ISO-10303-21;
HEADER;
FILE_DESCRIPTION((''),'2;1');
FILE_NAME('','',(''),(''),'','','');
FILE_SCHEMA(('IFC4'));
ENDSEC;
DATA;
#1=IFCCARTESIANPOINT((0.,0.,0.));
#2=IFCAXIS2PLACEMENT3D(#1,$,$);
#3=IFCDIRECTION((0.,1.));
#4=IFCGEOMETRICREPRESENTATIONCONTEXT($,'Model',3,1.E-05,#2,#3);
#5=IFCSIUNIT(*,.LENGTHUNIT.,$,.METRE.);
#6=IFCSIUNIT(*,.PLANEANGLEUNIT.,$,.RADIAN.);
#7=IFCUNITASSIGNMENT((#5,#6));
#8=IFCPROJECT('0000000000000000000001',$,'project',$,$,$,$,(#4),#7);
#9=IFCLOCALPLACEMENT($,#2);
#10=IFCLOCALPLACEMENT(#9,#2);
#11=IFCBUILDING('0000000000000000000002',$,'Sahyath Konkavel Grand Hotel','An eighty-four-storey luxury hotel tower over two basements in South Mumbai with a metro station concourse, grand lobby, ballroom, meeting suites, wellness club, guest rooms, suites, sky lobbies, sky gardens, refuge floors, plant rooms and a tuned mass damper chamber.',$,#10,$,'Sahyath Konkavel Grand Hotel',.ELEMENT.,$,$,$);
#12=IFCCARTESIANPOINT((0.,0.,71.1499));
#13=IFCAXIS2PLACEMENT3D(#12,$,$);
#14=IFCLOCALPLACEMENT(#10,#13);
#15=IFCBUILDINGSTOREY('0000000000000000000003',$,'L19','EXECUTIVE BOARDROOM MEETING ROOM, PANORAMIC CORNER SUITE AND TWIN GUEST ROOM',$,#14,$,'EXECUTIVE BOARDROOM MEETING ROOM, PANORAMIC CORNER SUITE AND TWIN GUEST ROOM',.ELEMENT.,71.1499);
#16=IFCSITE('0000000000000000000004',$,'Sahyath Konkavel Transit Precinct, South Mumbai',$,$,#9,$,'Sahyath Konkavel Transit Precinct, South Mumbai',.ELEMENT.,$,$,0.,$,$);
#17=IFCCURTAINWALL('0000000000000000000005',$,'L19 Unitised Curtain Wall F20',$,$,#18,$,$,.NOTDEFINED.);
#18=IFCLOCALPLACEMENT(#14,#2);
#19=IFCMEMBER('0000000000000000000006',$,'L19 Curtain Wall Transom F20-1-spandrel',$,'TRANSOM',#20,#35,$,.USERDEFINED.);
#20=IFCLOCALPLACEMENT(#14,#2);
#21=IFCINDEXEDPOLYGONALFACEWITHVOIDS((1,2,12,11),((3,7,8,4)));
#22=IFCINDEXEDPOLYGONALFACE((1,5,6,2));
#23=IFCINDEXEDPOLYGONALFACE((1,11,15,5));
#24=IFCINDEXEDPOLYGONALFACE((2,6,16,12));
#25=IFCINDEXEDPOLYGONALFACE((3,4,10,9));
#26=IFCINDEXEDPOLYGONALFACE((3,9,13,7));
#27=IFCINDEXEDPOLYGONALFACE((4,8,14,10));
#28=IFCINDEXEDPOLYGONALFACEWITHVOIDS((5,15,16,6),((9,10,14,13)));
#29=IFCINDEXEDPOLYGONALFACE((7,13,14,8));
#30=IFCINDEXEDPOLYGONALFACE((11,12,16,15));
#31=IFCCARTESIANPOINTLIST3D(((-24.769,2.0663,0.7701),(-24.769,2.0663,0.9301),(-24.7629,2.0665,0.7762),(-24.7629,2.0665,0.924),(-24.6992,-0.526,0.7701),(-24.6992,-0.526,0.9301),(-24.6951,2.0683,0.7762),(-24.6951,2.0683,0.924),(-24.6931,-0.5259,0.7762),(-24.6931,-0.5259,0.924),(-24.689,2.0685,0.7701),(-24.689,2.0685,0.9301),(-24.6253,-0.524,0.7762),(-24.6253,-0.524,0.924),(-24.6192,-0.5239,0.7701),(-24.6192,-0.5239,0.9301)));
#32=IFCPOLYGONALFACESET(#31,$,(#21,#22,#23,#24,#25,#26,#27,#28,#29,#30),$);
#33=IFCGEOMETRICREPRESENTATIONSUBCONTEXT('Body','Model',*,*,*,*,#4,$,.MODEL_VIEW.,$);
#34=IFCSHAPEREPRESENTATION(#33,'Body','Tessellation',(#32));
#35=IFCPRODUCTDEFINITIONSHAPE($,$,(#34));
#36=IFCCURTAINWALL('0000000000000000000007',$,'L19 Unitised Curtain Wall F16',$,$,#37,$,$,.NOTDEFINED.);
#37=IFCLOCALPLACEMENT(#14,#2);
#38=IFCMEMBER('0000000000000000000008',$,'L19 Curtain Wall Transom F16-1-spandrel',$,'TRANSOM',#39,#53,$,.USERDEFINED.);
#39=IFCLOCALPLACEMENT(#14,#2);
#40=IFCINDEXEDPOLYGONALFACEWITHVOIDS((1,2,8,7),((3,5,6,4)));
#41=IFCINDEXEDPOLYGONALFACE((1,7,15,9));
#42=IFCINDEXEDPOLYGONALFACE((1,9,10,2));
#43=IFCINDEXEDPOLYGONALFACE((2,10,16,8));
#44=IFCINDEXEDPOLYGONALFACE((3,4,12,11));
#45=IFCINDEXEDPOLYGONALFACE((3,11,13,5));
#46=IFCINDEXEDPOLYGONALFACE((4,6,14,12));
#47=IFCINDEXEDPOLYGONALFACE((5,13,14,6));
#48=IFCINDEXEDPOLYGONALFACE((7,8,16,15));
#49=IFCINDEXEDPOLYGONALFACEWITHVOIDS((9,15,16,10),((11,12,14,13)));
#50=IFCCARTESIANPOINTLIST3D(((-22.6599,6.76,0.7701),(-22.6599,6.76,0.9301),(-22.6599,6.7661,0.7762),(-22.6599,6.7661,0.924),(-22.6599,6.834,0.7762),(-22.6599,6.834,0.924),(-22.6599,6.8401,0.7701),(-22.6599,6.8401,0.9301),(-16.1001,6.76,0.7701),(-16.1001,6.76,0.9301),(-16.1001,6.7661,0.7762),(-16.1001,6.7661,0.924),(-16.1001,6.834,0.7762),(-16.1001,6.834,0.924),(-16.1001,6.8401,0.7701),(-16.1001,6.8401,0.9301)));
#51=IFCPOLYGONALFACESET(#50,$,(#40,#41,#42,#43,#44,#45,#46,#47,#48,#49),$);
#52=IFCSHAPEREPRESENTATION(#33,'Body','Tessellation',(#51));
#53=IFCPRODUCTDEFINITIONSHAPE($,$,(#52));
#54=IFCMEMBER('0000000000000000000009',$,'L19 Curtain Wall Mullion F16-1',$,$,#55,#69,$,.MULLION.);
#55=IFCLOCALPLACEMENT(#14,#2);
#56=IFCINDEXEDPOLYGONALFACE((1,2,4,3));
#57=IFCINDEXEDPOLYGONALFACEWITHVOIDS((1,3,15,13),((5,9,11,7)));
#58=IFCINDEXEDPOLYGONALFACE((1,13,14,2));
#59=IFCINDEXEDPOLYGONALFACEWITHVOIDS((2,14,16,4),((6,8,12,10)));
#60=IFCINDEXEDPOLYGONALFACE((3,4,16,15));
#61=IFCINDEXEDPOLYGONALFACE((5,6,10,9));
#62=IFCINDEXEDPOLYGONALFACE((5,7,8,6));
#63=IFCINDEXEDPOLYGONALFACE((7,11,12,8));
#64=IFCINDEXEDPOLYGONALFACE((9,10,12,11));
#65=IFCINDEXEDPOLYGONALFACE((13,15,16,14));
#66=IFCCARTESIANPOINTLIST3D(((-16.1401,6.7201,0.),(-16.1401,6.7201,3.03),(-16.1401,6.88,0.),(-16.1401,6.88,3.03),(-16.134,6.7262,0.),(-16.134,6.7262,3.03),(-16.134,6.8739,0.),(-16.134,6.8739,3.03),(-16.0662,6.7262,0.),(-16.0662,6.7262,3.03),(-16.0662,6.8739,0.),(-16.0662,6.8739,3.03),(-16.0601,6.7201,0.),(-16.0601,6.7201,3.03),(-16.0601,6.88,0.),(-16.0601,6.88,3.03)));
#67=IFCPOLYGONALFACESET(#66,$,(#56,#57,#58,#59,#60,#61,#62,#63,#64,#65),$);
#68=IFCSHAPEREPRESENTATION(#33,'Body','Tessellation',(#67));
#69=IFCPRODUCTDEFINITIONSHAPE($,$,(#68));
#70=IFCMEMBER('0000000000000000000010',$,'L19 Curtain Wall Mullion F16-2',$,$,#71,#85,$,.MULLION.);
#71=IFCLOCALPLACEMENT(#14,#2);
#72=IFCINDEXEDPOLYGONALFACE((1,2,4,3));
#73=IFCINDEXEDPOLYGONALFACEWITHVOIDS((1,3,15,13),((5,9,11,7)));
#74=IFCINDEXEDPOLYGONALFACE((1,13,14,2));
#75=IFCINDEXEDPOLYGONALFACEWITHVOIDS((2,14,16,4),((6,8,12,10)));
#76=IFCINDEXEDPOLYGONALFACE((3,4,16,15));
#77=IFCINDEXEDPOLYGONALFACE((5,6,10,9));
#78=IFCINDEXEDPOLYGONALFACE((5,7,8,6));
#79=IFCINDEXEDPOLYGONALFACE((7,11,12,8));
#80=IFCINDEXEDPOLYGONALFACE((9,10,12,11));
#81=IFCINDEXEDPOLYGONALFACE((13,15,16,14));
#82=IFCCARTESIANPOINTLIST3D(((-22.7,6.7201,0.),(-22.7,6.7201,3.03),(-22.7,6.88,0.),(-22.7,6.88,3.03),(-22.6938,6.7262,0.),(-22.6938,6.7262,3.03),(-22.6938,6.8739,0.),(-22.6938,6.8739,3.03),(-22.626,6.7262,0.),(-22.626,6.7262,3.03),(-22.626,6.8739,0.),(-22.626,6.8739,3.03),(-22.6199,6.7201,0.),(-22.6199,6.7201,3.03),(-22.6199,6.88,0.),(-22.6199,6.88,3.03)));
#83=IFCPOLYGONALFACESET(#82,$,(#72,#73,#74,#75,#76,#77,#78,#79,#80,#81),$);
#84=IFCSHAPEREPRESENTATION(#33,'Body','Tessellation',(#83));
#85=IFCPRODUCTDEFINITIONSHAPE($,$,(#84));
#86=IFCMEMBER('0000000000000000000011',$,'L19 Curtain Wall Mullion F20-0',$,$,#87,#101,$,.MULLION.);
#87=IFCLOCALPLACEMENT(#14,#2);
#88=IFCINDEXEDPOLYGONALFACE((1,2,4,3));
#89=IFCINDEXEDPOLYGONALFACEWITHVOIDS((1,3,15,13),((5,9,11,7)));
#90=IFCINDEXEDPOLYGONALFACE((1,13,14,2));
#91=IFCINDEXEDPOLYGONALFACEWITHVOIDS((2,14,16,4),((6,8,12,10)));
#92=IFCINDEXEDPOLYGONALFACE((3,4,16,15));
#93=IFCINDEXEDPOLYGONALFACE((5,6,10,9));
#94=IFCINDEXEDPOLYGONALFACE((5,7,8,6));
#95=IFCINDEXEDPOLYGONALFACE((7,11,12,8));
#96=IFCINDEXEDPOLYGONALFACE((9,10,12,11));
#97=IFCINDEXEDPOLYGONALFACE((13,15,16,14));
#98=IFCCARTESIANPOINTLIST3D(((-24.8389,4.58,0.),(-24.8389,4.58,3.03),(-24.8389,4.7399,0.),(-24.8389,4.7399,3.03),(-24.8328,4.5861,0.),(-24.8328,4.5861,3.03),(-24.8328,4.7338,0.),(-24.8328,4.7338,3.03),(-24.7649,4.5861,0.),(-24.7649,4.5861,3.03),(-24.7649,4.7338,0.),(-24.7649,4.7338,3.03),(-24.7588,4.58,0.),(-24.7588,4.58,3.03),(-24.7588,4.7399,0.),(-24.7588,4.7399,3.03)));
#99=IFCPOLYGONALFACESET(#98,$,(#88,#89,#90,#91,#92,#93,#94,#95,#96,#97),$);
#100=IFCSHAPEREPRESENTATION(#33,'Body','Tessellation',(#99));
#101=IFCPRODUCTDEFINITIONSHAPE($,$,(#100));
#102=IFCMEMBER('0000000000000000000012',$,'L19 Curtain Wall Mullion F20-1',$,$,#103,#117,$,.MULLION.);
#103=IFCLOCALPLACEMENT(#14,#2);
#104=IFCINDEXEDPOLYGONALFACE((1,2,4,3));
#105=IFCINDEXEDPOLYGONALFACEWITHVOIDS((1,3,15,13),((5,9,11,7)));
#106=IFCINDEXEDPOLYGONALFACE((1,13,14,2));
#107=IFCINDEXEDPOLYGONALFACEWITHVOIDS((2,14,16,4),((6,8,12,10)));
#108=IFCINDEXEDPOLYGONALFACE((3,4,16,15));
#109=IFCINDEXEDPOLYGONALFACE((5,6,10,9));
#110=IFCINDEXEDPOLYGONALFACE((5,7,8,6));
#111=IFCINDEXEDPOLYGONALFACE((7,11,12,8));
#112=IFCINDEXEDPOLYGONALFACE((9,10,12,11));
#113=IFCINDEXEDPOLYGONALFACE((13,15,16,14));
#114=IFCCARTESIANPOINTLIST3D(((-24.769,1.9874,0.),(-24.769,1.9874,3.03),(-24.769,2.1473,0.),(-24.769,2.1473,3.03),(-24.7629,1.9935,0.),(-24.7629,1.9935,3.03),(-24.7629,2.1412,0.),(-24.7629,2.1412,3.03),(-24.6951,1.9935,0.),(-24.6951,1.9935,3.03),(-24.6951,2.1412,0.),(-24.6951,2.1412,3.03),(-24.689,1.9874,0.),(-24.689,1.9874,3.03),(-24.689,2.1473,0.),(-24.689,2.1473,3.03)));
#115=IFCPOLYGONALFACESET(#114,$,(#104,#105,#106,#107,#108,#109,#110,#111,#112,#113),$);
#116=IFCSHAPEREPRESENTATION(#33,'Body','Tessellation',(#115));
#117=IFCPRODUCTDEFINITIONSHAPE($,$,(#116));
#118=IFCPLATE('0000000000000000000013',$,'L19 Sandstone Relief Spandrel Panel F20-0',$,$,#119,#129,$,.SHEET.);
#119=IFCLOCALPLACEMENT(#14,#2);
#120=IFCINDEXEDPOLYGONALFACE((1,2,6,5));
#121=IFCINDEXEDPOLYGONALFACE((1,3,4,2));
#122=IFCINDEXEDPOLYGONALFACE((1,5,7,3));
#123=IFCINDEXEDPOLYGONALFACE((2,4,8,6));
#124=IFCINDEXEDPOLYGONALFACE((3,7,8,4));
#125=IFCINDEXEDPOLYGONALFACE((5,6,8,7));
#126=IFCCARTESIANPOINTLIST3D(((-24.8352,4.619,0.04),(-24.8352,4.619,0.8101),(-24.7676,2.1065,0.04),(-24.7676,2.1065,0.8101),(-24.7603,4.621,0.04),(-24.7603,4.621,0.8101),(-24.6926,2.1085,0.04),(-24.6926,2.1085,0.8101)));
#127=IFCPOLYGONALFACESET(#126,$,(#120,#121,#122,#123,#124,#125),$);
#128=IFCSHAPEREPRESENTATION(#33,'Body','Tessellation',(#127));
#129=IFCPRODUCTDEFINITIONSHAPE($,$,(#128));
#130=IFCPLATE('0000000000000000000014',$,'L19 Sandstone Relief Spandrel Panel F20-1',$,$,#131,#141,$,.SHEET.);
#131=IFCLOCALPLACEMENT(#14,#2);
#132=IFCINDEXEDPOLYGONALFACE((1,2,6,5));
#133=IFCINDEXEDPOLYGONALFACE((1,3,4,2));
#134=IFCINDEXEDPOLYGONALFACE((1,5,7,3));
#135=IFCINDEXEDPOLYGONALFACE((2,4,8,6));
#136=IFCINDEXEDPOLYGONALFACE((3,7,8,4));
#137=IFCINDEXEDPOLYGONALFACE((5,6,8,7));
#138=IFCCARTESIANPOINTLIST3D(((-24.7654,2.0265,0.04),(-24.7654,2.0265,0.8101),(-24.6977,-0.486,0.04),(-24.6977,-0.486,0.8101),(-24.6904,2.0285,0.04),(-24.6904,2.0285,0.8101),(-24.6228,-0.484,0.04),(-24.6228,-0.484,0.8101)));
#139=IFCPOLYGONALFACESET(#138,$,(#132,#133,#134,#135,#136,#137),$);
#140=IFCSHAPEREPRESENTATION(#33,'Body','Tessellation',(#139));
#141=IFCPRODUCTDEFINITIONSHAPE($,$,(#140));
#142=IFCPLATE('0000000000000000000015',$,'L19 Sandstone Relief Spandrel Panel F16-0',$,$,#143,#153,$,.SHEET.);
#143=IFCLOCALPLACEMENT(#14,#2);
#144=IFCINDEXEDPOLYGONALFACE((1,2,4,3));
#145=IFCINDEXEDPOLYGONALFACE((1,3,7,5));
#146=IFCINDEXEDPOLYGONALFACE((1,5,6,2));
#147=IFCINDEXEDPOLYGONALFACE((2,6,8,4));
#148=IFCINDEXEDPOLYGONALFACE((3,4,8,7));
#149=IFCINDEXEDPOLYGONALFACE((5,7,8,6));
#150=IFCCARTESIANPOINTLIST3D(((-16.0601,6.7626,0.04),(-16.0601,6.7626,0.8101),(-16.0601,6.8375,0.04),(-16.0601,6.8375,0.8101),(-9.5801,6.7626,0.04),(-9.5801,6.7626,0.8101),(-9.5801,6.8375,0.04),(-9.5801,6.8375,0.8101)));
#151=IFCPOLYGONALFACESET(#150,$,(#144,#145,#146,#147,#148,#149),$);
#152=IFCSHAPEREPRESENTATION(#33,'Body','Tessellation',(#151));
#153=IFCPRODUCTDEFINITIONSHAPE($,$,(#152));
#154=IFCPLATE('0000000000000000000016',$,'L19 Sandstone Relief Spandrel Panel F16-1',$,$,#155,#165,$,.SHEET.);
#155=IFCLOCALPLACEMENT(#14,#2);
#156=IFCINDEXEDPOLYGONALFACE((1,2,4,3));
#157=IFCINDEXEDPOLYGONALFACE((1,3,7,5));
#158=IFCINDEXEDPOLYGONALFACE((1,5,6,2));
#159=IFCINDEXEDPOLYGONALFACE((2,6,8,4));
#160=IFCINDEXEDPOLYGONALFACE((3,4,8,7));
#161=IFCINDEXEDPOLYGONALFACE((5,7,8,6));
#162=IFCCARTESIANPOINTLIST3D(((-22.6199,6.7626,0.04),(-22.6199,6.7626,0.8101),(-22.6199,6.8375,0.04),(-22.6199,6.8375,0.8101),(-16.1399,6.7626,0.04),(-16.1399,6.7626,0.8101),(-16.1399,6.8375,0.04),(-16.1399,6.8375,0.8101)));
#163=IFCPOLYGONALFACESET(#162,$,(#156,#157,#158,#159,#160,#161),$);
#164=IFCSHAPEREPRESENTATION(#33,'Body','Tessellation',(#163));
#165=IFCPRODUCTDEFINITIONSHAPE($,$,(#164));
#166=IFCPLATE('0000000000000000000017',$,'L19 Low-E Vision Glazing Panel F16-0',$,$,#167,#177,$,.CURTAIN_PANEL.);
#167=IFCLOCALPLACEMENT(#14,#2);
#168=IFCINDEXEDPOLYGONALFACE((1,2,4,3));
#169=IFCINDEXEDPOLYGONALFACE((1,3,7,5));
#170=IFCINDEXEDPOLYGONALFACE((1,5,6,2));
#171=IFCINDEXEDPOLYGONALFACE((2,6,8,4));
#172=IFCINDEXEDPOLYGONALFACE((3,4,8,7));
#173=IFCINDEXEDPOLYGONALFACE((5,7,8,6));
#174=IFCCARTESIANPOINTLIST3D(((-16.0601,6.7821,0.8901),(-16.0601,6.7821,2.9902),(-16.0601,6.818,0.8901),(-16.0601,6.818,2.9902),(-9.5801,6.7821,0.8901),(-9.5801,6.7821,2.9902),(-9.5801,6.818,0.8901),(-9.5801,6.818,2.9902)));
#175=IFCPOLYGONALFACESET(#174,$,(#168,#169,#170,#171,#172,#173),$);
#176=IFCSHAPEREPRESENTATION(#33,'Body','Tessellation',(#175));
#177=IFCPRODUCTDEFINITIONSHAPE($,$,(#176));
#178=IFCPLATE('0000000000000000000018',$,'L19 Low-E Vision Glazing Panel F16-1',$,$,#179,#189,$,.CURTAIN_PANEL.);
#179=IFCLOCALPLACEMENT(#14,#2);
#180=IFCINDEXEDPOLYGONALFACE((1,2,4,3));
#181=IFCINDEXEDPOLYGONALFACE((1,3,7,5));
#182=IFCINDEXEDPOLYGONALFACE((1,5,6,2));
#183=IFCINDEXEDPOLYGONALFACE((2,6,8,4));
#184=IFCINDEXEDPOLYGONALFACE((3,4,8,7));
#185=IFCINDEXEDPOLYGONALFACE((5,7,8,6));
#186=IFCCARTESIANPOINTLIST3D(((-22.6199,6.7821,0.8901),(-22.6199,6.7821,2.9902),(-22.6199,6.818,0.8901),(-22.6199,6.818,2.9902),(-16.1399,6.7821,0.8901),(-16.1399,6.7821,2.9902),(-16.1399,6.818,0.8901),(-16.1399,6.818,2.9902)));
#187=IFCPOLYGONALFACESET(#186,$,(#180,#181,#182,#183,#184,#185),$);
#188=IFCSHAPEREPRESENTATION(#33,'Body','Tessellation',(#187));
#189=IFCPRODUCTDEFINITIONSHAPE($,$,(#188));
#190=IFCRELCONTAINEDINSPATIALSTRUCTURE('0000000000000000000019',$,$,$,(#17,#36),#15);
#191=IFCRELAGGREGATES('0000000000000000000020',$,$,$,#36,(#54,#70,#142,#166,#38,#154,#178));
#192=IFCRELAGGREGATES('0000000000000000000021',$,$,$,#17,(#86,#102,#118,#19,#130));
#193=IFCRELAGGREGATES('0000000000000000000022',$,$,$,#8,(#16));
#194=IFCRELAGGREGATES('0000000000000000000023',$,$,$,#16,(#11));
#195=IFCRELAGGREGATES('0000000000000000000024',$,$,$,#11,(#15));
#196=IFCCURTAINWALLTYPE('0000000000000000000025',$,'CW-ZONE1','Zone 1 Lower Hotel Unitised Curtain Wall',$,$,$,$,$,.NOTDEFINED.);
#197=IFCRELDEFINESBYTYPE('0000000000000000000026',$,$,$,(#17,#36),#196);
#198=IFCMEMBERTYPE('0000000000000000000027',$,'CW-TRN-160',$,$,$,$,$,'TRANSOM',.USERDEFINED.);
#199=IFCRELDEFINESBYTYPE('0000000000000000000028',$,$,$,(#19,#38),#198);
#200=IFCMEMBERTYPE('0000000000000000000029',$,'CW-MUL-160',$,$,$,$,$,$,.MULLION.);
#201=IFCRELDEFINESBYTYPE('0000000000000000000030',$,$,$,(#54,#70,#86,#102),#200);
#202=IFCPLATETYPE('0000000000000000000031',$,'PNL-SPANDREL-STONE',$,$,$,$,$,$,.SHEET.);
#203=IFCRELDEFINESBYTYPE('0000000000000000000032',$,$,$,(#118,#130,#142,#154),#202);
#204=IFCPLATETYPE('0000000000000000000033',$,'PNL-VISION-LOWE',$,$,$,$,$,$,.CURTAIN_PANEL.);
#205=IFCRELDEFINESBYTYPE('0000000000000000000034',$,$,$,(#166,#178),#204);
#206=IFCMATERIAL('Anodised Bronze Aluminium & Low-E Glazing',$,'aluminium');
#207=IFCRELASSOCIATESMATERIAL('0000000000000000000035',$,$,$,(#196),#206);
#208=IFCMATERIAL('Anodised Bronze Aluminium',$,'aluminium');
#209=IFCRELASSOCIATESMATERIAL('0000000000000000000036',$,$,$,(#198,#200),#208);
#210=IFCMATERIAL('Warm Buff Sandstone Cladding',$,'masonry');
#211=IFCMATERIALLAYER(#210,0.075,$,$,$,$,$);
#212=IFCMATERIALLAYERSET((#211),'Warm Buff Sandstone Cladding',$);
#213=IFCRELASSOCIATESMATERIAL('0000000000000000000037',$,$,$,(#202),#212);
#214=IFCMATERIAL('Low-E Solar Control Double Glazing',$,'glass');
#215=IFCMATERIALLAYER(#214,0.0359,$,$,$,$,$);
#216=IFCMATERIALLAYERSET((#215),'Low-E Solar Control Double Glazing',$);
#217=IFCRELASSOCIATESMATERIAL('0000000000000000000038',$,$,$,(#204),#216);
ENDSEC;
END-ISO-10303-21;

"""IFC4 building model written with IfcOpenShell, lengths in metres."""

from ifc_helpers import new_model, si_unit, direction, frame, origin, origin_2d, place, context, subcontext, project, spatial, rectangle, hollow_rectangle, extrude, source, transform, mapped, material, layer, layer_set, material_profile, profile_set, type_object, element, aggregate, save


model = new_model("IFC4")

# Units and contexts
model_context = context("Model", 3, precision=1e-05, world=origin(), true_north=direction((0.0, 1.0)))
body_context = subcontext(model_context, "Body", "Model", "MODEL_VIEW")
ifc_project = project(units=[si_unit("LENGTHUNIT", "METRE"), si_unit("PLANEANGLEUNIT", "RADIAN")], contexts=[model_context])

# Site, building, storey
site_placement = place(None, origin())
site = spatial("IfcSite", under=ifc_project, at=site_placement, Name="Sahyath Konkavel Transit Precinct, South Mumbai", LongName="Sahyath Konkavel Transit Precinct, South Mumbai", CompositionType="ELEMENT", RefElevation=0.0)
building_placement = place(site_placement, origin())
building = spatial("IfcBuilding", under=site, at=building_placement, Name="Sahyath Konkavel Grand Hotel", Description="An eighty-four-storey luxury hotel tower over two basements in South Mumbai with a metro station concourse, grand lobby, ballroom, meeting suites, wellness club, guest rooms, suites, sky lobbies, sky gardens, refuge floors, plant rooms and a tuned mass damper chamber.", LongName="Sahyath Konkavel Grand Hotel", CompositionType="ELEMENT")
storey_placement = place(building_placement, frame((0.0, 0.0, 71.1499)))
storey = spatial("IfcBuildingStorey", under=building, at=storey_placement, Name="L19", Description="EXECUTIVE BOARDROOM MEETING ROOM, PANORAMIC CORNER SUITE AND TWIN GUEST ROOM", LongName="EXECUTIVE BOARDROOM MEETING ROOM, PANORAMIC CORNER SUITE AND TWIN GUEST ROOM", CompositionType="ELEMENT", Elevation=71.1499)

# Curtain walls, members
ifc_material_1 = material(Name="Anodised Bronze Aluminium & Low-E Glazing", Category="aluminium")
curtain_wall_type = type_object("IfcCurtainWallType", Name="CW-ZONE1", Description="Zone 1 Lower Hotel Unitised Curtain Wall", PredefinedType="NOTDEFINED", material=ifc_material_1)
curtain_wall_1_placement = place(storey_placement, origin())
curtain_wall_1 = element("IfcCurtainWall", 1, at=curtain_wall_1_placement, inside=storey, type_object=curtain_wall_type, Name="L19 Unitised Curtain Wall F20", PredefinedType="NOTDEFINED")
ifc_material_2 = material(Name="Anodised Bronze Aluminium", Category="aluminium")
ifc_material_profile_1 = material_profile(ifc_material_2, hollow_rectangle(XDim=0.0801, YDim=0.1599, WallThickness=0.0061, at=origin_2d()), Name="RHS 160x80x6")
ifc_profile_set_1 = profile_set([ifc_material_profile_1], Name="Anodised Bronze Aluminium")
member_type_1 = type_object("IfcMemberType", Name="CW-TRN-160", ElementType="TRANSOM", PredefinedType="USERDEFINED", material=ifc_profile_set_1)
shared_shape_1 = source(origin(), body_context, "Body", "SweptSolid", [
    extrude(hollow_rectangle(XDim=0.0801, YDim=0.1599, WallThickness=0.0061, at=origin_2d()), origin(), (0.0, 0.0, 1.0), 2.5933),
])
member_1_placement = place(storey_placement, frame((-24.729, 2.0674, 0.8501), z_axis=(0.026926, -0.999637, 0.0), x_axis=(0.999637, 0.026926, 0.0)))
member_1 = element("IfcMember", 2, at=member_1_placement, type_object=member_type_1, Name="L19 Curtain Wall Transom F20-1-spandrel", ObjectType="TRANSOM", PredefinedType="USERDEFINED", context=body_context, shape_type="MappedRepresentation", body=[
    mapped(shared_shape_1, transform((0.0, 0.0, 0.0), scale=1.0)),
])
curtain_wall_2_placement = place(storey_placement, origin())
curtain_wall_2 = element("IfcCurtainWall", 3, at=curtain_wall_2_placement, inside=storey, type_object=curtain_wall_type, Name="L19 Unitised Curtain Wall F16", PredefinedType="NOTDEFINED")
shared_shape_2 = source(origin(), body_context, "Body", "SweptSolid", [
    extrude(hollow_rectangle(XDim=0.0801, YDim=0.1599, WallThickness=0.0061, at=origin_2d()), origin(), (0.0, 0.0, 1.0), 6.5598),
])
member_2_placement = place(storey_placement, frame((-16.1001, 6.8, 0.8501), z_axis=(-1.0, 0.0, 0.0), x_axis=(0.0, -1.0, 0.0)))
member_2 = element("IfcMember", 4, at=member_2_placement, type_object=member_type_1, Name="L19 Curtain Wall Transom F16-1-spandrel", ObjectType="TRANSOM", PredefinedType="USERDEFINED", context=body_context, shape_type="MappedRepresentation", body=[
    mapped(shared_shape_2, transform((0.0, 0.0, 0.0), scale=1.0)),
])
ifc_material_profile_2 = material_profile(ifc_material_2, hollow_rectangle(XDim=0.0801, YDim=0.1599, WallThickness=0.0061, at=origin_2d()), Name="RHS 160x80x6")
ifc_profile_set_2 = profile_set([ifc_material_profile_2], Name="Anodised Bronze Aluminium")
member_type_2 = type_object("IfcMemberType", Name="CW-MUL-160", PredefinedType="MULLION", material=ifc_profile_set_2)
shared_shape_3 = source(origin(), body_context, "Body", "SweptSolid", [
    extrude(hollow_rectangle(XDim=0.0801, YDim=0.1599, WallThickness=0.0061, at=origin_2d()), origin(), (0.0, 0.0, 1.0), 3.03),
])
member_3_placement = place(storey_placement, frame((-16.1001, 6.8, 0.0), z_axis=(0.0, 0.0, 1.0), x_axis=(1.0, 0.0, 0.0)))
member_3 = element("IfcMember", 5, at=member_3_placement, type_object=member_type_2, Name="L19 Curtain Wall Mullion F16-1", PredefinedType="MULLION", context=body_context, shape_type="MappedRepresentation", body=[
    mapped(shared_shape_3, transform((0.0, 0.0, 0.0), scale=1.0)),
])
member_4_placement = place(storey_placement, frame((-22.6599, 6.8, 0.0), z_axis=(0.0, 0.0, 1.0), x_axis=(1.0, 0.0, 0.0)))
member_4 = element("IfcMember", 6, at=member_4_placement, type_object=member_type_2, Name="L19 Curtain Wall Mullion F16-2", PredefinedType="MULLION", context=body_context, shape_type="MappedRepresentation", body=[
    mapped(shared_shape_3, transform((0.0, 0.0, 0.0), scale=1.0)),
])

# Members
member_5_placement = place(storey_placement, frame((-24.7988, 4.6599, 0.0), z_axis=(0.0, 0.0, 1.0), x_axis=(1.0, 0.0, 0.0)))
member_5 = element("IfcMember", 7, at=member_5_placement, type_object=member_type_2, Name="L19 Curtain Wall Mullion F20-0", PredefinedType="MULLION", context=body_context, shape_type="MappedRepresentation", body=[
    mapped(shared_shape_3, transform((0.0, 0.0, 0.0), scale=1.0)),
])
member_6_placement = place(storey_placement, frame((-24.729, 2.0674, 0.0), z_axis=(0.0, 0.0, 1.0), x_axis=(1.0, 0.0, 0.0)))
member_6 = element("IfcMember", 8, at=member_6_placement, type_object=member_type_2, Name="L19 Curtain Wall Mullion F20-1", PredefinedType="MULLION", context=body_context, shape_type="MappedRepresentation", body=[
    mapped(shared_shape_3, transform((0.0, 0.0, 0.0), scale=1.0)),
])

# Plates
ifc_material_3 = material(Name="Warm Buff Sandstone Cladding", Category="masonry")
ifc_layer_1 = layer(ifc_material_3, 0.075)
ifc_layer_set_1 = layer_set([ifc_layer_1], Name="Warm Buff Sandstone Cladding")
plate_type_1 = type_object("IfcPlateType", Name="PNL-SPANDREL-STONE", PredefinedType="SHEET", material=ifc_layer_set_1)
shared_shape_4 = source(origin(), body_context, "Body", "SweptSolid", [
    extrude(rectangle(XDim=2.5134, YDim=0.075, at=origin_2d()), origin(), (0.0, 0.0, 1.0), 0.77),
])
plate_1_placement = place(storey_placement, frame((-24.7639, 3.3638, 0.04), z_axis=(0.0, 0.0, 1.0), x_axis=(0.02691, -0.999638, 0.0)))
plate_1 = element("IfcPlate", 9, at=plate_1_placement, type_object=plate_type_1, Name="L19 Sandstone Relief Spandrel Panel F20-0", PredefinedType="SHEET", context=body_context, shape_type="MappedRepresentation", body=[
    mapped(shared_shape_4, transform((0.0, 0.0, 0.0), scale=1.0)),
])
plate_2_placement = place(storey_placement, frame((-24.6941, 0.7712, 0.04), z_axis=(0.0, 0.0, 1.0), x_axis=(0.02691, -0.999638, 0.0)))
plate_2 = element("IfcPlate", 10, at=plate_2_placement, type_object=plate_type_1, Name="L19 Sandstone Relief Spandrel Panel F20-1", PredefinedType="SHEET", context=body_context, shape_type="MappedRepresentation", body=[
    mapped(shared_shape_4, transform((0.0, 0.0, 0.0), scale=1.0)),
])
shared_shape_5 = source(origin(), body_context, "Body", "SweptSolid", [
    extrude(rectangle(XDim=6.48, YDim=0.075, at=origin_2d()), origin(), (0.0, 0.0, 1.0), 0.77),
])
plate_3_placement = place(storey_placement, frame((-12.8201, 6.8, 0.04), z_axis=(0.0, 0.0, 1.0), x_axis=(-1.0, 0.0, 0.0)))
plate_3 = element("IfcPlate", 11, at=plate_3_placement, type_object=plate_type_1, Name="L19 Sandstone Relief Spandrel Panel F16-0", PredefinedType="SHEET", context=body_context, shape_type="MappedRepresentation", body=[
    mapped(shared_shape_5, transform((0.0, 0.0, 0.0), scale=1.0)),
])
plate_4_placement = place(storey_placement, frame((-19.3799, 6.8, 0.04), z_axis=(0.0, 0.0, 1.0), x_axis=(-1.0, 0.0, 0.0)))
plate_4 = element("IfcPlate", 12, at=plate_4_placement, type_object=plate_type_1, Name="L19 Sandstone Relief Spandrel Panel F16-1", PredefinedType="SHEET", context=body_context, shape_type="MappedRepresentation", body=[
    mapped(shared_shape_5, transform((0.0, 0.0, 0.0), scale=1.0)),
])
ifc_material_4 = material(Name="Low-E Solar Control Double Glazing", Category="glass")
ifc_layer_2 = layer(ifc_material_4, 0.0359)
ifc_layer_set_2 = layer_set([ifc_layer_2], Name="Low-E Solar Control Double Glazing")
plate_type_2 = type_object("IfcPlateType", Name="PNL-VISION-LOWE", PredefinedType="CURTAIN_PANEL", material=ifc_layer_set_2)
shared_shape_6 = source(origin(), body_context, "Body", "SweptSolid", [
    extrude(rectangle(XDim=6.48, YDim=0.0359, at=origin_2d()), origin(), (0.0, 0.0, 1.0), 2.1001),
])
plate_5_placement = place(storey_placement, frame((-12.8201, 6.8, 0.8901), z_axis=(0.0, 0.0, 1.0), x_axis=(-1.0, 0.0, 0.0)))
plate_5 = element("IfcPlate", 13, at=plate_5_placement, type_object=plate_type_2, Name="L19 Low-E Vision Glazing Panel F16-0", PredefinedType="CURTAIN_PANEL", context=body_context, shape_type="MappedRepresentation", body=[
    mapped(shared_shape_6, transform((0.0, 0.0, 0.0), scale=1.0)),
])
plate_6_placement = place(storey_placement, frame((-19.3799, 6.8, 0.8901), z_axis=(0.0, 0.0, 1.0), x_axis=(-1.0, 0.0, 0.0)))
plate_6 = element("IfcPlate", 14, at=plate_6_placement, type_object=plate_type_2, Name="L19 Low-E Vision Glazing Panel F16-1", PredefinedType="CURTAIN_PANEL", context=body_context, shape_type="MappedRepresentation", body=[
    mapped(shared_shape_6, transform((0.0, 0.0, 0.0), scale=1.0)),
])
aggregate(curtain_wall_2, [member_3, member_4, plate_3, plate_5, member_2, plate_4, plate_6])
aggregate(curtain_wall_1, [member_5, member_6, plate_1, member_1, plate_2])

save(model, "model.ifc")
